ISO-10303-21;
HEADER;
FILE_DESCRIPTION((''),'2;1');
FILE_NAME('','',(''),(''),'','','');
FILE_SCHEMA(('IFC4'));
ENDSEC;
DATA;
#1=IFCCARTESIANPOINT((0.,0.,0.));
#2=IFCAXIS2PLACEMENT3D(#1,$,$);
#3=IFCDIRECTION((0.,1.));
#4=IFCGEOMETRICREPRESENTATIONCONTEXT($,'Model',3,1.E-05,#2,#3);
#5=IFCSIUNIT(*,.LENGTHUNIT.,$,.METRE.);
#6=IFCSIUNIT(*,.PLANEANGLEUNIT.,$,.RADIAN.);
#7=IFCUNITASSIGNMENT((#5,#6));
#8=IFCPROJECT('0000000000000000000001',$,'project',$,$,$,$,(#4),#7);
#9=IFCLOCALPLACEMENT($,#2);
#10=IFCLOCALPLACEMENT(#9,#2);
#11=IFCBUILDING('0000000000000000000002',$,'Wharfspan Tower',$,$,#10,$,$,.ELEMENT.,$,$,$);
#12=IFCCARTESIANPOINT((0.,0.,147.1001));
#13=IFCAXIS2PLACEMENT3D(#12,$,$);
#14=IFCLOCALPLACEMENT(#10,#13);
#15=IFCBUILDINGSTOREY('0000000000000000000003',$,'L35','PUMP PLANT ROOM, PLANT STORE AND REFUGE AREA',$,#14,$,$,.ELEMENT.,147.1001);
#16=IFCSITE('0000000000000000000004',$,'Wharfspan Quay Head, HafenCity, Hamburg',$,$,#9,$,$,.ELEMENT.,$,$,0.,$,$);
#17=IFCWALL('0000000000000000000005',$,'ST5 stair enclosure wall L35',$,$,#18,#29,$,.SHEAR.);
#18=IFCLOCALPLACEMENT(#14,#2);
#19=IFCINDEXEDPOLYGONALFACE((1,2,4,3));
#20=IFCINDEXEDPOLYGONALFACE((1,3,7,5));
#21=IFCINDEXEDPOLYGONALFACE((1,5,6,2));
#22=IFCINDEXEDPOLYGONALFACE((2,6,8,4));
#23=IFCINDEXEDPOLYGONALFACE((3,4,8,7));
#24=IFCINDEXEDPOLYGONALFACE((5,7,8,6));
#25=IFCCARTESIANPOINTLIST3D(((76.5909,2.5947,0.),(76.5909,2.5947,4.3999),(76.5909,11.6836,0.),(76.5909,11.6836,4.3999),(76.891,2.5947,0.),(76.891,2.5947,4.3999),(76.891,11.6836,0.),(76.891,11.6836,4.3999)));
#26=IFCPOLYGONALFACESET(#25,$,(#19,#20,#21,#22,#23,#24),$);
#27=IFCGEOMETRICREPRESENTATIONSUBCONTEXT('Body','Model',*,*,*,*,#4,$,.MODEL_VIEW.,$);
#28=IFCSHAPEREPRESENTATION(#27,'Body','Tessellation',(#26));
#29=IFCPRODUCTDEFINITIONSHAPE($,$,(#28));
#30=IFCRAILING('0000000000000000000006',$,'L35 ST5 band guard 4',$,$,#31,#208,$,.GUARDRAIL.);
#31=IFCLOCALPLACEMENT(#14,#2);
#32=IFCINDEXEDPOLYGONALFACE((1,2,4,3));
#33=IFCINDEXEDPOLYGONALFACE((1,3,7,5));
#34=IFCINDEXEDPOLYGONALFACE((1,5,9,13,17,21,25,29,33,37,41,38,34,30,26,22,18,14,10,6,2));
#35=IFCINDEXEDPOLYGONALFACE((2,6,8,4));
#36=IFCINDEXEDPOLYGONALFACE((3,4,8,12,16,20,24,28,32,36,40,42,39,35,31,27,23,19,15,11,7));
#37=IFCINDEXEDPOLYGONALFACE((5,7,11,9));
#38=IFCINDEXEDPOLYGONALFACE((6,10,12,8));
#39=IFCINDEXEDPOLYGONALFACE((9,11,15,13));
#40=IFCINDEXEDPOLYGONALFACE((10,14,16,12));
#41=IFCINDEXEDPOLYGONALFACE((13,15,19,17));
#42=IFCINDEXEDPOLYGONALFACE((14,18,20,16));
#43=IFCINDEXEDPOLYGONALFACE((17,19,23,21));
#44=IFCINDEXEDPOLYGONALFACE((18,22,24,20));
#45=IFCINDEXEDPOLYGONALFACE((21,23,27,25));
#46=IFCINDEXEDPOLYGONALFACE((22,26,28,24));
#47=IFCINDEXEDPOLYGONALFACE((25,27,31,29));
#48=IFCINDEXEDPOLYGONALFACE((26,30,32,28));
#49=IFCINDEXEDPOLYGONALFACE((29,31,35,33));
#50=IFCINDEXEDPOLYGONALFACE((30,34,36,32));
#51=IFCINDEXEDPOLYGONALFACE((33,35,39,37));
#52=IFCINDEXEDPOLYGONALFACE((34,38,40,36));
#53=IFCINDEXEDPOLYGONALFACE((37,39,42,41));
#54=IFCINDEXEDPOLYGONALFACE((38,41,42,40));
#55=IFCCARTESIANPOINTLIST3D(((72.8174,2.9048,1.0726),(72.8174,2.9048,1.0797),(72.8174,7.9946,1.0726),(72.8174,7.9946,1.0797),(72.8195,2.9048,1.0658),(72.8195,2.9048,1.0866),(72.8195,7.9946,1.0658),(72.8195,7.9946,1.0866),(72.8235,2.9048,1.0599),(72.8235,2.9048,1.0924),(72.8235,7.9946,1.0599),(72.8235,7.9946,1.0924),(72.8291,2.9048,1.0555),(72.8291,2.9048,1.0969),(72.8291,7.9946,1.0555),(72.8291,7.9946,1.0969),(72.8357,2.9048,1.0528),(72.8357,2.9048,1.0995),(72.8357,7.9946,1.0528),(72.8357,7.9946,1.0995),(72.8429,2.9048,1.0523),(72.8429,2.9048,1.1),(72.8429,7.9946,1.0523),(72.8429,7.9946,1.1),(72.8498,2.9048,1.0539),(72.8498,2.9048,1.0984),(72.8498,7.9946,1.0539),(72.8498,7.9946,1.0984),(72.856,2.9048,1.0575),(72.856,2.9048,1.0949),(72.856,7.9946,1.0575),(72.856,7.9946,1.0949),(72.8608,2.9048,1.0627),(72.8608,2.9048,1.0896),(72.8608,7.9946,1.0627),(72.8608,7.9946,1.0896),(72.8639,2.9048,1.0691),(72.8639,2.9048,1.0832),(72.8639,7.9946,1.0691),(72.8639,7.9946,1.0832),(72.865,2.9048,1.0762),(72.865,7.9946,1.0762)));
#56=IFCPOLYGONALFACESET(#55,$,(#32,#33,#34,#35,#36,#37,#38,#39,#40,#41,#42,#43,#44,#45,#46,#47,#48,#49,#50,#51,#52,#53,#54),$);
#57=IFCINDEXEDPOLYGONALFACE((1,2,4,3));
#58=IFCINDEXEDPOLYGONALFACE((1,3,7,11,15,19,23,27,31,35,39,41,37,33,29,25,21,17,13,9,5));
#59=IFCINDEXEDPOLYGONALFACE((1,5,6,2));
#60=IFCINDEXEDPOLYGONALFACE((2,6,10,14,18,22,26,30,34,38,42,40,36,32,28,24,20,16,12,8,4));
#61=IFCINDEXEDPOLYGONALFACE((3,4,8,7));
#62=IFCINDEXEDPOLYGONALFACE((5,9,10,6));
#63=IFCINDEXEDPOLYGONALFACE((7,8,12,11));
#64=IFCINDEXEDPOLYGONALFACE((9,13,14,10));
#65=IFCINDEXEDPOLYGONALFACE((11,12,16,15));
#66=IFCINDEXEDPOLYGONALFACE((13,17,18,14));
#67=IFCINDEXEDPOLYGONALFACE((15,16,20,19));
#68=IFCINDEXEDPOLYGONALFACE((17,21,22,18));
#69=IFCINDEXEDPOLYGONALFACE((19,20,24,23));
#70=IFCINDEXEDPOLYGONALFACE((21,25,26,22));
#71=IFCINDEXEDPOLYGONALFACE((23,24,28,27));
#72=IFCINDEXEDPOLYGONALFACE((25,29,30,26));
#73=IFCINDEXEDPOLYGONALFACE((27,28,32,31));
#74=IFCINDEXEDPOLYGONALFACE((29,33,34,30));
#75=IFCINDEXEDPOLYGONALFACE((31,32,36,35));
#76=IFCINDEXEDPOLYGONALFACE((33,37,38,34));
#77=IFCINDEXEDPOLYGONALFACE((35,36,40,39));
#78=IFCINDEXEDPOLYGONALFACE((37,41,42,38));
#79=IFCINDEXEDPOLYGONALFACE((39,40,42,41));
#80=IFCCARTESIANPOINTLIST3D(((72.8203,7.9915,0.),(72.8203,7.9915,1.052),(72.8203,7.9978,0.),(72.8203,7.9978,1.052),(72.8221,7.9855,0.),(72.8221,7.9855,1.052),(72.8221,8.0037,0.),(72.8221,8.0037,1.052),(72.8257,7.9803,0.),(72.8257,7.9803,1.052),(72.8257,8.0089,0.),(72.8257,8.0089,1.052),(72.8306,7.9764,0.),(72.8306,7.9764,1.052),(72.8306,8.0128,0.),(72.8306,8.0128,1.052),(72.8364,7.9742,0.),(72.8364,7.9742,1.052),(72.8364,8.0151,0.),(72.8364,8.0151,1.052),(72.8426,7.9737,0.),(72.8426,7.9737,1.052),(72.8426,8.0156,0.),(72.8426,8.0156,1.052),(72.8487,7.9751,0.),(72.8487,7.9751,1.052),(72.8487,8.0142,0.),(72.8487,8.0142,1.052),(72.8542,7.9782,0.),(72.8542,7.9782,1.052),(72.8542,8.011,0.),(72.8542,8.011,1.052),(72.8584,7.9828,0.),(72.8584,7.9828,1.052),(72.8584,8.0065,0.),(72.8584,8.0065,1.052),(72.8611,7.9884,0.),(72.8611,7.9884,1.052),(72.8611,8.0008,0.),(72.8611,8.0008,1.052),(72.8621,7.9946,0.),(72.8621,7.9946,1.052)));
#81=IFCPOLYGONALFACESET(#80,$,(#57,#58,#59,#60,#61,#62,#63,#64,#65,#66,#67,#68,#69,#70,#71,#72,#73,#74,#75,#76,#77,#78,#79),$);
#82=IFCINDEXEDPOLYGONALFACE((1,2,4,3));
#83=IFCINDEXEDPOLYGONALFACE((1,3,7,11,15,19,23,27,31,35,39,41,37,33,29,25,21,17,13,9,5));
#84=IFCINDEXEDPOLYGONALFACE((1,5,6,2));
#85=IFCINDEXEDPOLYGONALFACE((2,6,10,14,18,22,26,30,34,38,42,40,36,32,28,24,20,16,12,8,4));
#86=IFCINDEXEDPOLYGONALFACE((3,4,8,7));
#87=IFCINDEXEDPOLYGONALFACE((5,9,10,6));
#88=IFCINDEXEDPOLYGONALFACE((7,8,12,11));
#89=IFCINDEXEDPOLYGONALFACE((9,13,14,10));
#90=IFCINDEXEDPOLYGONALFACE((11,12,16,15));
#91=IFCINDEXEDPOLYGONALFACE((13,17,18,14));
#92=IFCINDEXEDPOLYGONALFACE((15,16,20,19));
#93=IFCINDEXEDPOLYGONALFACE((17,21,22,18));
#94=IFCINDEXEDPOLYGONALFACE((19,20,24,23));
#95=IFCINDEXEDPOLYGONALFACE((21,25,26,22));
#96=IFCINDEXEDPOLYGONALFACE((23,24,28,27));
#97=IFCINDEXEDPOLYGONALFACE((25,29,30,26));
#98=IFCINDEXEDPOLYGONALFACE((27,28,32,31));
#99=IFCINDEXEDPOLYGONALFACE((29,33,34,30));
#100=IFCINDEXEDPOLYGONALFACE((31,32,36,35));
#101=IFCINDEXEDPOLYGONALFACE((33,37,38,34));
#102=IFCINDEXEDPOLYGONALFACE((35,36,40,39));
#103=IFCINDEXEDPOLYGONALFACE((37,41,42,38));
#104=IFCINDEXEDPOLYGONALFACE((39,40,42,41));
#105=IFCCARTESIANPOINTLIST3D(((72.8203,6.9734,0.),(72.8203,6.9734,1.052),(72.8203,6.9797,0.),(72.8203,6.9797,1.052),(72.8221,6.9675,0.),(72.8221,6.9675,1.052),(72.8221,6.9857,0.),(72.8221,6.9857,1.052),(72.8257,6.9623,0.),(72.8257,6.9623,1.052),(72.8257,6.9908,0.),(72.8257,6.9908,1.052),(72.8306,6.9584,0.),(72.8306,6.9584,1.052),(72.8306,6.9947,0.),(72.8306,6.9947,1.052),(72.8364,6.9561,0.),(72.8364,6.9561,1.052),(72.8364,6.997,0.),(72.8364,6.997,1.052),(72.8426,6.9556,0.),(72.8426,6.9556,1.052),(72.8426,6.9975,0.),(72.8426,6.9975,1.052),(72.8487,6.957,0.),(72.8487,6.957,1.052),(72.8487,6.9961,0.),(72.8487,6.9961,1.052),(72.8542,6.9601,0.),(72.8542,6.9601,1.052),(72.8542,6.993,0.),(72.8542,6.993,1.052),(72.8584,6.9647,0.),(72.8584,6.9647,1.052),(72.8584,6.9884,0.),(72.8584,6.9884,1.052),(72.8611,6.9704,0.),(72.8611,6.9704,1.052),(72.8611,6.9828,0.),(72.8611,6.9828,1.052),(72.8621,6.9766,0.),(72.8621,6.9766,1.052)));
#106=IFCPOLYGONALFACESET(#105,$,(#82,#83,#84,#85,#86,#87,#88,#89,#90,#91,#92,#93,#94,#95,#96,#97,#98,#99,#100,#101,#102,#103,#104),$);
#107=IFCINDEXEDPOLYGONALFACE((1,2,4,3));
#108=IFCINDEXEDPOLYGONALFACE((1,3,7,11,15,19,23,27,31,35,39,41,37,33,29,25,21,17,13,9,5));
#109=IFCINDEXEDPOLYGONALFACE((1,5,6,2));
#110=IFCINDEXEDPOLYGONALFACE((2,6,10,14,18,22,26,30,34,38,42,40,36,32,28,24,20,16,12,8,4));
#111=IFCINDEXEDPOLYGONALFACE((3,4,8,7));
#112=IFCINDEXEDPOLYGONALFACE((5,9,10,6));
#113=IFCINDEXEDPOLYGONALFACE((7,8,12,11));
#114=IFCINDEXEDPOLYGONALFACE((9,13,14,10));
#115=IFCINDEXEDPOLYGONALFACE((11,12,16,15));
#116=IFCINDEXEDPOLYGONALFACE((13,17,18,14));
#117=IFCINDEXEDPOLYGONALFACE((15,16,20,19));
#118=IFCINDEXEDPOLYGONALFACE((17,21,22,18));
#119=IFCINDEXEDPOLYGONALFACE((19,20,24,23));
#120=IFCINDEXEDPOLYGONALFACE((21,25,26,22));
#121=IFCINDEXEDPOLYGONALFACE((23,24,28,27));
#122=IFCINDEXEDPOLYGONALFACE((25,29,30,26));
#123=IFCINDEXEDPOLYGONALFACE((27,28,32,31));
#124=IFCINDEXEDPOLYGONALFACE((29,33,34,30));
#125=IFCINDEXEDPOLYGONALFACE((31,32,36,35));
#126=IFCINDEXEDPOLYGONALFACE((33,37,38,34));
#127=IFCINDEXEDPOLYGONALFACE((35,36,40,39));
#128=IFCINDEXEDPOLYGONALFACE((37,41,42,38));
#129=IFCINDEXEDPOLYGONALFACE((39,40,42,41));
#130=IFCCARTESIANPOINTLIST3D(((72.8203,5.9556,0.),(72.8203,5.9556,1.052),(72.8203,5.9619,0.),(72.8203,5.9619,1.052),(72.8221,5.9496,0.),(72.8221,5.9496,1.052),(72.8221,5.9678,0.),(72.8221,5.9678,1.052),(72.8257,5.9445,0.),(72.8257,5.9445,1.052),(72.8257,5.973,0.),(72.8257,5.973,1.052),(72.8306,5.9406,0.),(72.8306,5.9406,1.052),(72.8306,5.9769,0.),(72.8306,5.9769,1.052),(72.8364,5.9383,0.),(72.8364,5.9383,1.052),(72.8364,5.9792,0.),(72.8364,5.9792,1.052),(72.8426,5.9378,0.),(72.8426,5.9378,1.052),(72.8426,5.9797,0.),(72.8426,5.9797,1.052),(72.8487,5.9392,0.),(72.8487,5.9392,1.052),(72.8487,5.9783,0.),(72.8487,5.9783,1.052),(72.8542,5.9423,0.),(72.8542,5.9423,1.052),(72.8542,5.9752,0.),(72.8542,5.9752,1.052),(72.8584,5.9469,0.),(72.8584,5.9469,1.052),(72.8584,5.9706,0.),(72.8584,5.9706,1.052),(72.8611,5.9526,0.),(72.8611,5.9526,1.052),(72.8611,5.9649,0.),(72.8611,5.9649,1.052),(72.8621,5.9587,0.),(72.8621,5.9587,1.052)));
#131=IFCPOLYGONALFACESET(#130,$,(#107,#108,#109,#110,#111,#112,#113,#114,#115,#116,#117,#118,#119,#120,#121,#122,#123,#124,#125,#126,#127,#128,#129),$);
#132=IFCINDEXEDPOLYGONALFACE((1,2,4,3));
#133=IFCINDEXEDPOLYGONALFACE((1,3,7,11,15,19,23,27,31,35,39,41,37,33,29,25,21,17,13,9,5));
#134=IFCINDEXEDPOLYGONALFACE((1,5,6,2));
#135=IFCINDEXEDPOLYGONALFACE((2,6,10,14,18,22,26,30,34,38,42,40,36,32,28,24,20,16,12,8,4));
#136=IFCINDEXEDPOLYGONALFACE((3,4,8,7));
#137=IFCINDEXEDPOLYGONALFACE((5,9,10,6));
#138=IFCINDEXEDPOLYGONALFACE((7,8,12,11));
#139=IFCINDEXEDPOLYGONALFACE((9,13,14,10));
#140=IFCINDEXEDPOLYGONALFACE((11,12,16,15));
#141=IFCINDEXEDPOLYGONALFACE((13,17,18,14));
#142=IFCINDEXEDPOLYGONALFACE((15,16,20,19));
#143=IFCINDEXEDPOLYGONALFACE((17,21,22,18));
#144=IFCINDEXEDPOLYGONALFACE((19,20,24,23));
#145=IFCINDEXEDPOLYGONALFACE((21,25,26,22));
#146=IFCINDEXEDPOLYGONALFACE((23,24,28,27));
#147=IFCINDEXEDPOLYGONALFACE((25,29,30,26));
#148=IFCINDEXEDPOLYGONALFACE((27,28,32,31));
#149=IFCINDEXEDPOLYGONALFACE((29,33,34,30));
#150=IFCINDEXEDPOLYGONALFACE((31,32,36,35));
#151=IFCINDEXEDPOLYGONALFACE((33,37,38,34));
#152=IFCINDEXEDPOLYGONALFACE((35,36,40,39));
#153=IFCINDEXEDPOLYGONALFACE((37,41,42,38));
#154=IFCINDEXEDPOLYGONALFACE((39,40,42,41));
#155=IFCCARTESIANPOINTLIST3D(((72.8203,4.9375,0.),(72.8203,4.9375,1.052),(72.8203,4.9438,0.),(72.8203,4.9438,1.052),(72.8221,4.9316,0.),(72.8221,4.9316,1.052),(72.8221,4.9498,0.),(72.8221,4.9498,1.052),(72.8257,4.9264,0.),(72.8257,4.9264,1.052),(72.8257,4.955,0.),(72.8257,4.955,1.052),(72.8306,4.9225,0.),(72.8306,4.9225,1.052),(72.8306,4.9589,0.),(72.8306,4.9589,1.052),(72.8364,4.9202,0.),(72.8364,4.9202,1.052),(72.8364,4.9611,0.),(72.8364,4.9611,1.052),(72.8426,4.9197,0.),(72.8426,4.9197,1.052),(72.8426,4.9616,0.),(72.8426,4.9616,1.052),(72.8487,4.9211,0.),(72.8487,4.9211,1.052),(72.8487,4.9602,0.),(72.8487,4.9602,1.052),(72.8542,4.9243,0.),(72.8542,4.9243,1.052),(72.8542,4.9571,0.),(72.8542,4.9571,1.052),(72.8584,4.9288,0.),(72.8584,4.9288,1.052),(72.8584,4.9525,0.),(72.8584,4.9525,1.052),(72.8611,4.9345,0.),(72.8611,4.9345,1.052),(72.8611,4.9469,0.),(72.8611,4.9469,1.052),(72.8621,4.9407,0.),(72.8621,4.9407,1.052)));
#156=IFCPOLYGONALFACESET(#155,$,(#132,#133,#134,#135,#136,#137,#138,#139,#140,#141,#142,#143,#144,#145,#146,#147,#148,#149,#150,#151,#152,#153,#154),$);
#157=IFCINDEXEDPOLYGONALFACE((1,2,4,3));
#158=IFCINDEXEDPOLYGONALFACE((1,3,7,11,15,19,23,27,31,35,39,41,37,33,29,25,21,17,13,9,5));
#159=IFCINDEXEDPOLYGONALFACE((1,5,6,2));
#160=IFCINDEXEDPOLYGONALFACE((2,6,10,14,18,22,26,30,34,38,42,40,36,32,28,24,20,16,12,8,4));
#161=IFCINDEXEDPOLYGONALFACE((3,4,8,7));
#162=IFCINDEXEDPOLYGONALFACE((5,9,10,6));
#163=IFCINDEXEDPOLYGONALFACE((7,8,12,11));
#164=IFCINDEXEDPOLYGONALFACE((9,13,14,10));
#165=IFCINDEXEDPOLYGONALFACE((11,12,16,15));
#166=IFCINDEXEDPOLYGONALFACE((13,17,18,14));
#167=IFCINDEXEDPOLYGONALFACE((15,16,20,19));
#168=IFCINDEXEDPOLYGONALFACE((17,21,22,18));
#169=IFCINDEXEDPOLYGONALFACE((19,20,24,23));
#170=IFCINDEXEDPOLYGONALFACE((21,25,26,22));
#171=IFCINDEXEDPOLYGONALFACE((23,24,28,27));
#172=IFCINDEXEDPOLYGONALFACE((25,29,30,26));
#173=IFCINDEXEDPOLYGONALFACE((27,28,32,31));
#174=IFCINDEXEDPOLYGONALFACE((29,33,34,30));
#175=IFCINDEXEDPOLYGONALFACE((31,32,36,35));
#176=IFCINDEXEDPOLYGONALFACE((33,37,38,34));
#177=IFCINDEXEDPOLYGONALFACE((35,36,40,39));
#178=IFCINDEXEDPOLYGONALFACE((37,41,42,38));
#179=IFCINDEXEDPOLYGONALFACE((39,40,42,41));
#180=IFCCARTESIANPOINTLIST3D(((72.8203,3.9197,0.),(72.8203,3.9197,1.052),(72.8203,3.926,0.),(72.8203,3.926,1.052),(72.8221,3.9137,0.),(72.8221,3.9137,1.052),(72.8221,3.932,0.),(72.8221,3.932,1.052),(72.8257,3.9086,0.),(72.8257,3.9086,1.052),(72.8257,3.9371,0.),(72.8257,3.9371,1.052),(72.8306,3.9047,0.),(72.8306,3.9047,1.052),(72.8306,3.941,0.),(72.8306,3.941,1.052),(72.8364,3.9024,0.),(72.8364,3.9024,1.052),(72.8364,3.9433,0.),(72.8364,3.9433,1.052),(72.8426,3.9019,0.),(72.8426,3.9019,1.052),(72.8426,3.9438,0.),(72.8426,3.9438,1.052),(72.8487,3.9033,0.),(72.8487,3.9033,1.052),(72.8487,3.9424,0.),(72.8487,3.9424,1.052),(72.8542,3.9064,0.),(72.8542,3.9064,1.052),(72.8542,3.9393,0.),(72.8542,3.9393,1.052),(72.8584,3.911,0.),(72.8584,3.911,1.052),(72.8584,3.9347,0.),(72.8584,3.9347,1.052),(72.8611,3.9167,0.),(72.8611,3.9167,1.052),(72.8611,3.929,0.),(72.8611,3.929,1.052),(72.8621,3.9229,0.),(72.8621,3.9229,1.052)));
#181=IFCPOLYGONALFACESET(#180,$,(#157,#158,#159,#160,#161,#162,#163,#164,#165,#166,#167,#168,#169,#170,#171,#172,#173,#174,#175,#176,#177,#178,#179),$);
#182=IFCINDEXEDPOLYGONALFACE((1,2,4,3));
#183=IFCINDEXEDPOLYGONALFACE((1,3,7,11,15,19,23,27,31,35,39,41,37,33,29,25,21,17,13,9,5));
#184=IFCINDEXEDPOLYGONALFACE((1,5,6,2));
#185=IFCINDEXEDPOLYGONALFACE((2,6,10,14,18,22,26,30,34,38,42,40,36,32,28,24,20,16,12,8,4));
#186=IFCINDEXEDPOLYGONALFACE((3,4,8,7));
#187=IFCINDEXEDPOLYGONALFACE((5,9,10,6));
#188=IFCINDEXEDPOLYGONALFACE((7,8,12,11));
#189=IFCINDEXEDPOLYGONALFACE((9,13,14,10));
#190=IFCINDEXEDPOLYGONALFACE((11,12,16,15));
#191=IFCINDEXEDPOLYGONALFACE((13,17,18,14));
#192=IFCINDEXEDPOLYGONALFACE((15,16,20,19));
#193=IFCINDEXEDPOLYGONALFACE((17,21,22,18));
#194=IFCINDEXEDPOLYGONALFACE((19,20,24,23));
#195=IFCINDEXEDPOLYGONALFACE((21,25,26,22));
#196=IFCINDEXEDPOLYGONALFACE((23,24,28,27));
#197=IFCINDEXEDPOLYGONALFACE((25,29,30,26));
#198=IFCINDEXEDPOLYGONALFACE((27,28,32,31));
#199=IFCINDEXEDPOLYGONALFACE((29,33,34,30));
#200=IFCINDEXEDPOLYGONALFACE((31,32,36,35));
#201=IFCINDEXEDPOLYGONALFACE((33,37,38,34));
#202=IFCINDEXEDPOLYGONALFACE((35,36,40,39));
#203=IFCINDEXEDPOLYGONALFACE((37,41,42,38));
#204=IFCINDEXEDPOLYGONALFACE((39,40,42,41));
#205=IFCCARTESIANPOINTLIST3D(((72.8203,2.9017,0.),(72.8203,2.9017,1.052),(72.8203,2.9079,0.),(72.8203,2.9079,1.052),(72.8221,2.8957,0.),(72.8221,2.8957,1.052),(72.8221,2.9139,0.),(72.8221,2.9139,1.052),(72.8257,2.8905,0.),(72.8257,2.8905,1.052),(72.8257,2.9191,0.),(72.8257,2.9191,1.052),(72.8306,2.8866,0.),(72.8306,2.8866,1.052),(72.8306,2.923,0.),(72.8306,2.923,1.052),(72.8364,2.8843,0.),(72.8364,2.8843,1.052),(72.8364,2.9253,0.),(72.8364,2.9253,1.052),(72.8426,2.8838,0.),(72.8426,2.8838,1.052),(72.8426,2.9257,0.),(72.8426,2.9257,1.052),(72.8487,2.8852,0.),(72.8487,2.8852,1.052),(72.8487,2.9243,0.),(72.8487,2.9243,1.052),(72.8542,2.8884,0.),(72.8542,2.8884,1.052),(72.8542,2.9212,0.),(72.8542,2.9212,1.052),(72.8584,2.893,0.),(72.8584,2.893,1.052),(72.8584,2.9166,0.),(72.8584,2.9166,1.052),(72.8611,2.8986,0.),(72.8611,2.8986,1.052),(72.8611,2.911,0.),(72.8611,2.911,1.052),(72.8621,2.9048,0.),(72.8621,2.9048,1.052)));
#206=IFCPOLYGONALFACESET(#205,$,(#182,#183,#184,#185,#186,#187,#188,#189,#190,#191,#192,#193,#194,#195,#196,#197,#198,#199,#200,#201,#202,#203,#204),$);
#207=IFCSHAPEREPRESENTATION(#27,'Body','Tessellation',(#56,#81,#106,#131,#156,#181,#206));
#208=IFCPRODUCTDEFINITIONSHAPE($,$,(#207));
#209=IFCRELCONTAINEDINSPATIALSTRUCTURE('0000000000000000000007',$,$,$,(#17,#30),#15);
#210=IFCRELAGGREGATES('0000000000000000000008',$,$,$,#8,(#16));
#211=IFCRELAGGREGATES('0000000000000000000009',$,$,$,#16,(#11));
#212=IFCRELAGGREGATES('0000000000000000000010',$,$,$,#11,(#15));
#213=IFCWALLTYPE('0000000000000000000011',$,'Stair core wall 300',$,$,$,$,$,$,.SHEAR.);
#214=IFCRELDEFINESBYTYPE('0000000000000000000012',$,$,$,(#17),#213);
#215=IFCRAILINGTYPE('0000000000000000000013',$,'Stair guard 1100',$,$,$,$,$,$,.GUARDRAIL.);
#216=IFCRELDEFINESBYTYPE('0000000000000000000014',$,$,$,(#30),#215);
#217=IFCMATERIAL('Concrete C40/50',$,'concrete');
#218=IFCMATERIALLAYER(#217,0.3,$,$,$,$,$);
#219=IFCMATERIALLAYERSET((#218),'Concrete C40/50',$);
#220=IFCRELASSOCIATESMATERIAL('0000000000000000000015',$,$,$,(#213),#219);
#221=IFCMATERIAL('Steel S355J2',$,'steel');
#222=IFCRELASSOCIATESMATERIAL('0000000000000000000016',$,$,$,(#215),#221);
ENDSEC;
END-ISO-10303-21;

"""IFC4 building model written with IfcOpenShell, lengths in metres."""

from ifc_helpers import new_model, si_unit, direction, frame, frame_2d, origin, origin_2d, place, context, subcontext, project, spatial, rectangle, circle, extrude, material, layer, layer_set, type_object, element, save


model = new_model("IFC4")

# Units and contexts
model_context = context("Model", 3, precision=1e-05, world=origin(), true_north=direction((0.0, 1.0)))
body_context = subcontext(model_context, "Body", "Model", "MODEL_VIEW")
ifc_project = project(units=[si_unit("LENGTHUNIT", "METRE"), si_unit("PLANEANGLEUNIT", "RADIAN")], contexts=[model_context])

# Site, building, storey
site_placement = place(None, origin())
site = spatial("IfcSite", under=ifc_project, at=site_placement, Name="Wharfspan Quay Head, HafenCity, Hamburg", CompositionType="ELEMENT", RefElevation=0.0)
building_placement = place(site_placement, origin())
building = spatial("IfcBuilding", under=site, at=building_placement, Name="Wharfspan Tower", CompositionType="ELEMENT")
storey_placement = place(building_placement, frame((0.0, 0.0, 147.1001)))
storey = spatial("IfcBuildingStorey", under=building, at=storey_placement, Name="L35", Description="PUMP PLANT ROOM, PLANT STORE AND REFUGE AREA", CompositionType="ELEMENT", Elevation=147.1001)

# Shared definitions
ifc_material_1 = material(Name="Steel S355J2", Category="steel")

# Wall
ifc_material_2 = material(Name="Concrete C40/50", Category="concrete")
ifc_layer_1 = layer(ifc_material_2, 0.3)
ifc_layer_set_1 = layer_set([ifc_layer_1], Name="Concrete C40/50")
wall_type = type_object("IfcWallType", Name="Stair core wall 300", PredefinedType="SHEAR", material=ifc_layer_set_1)
wall_placement = place(storey_placement, frame((76.741, 2.5947, 0.0), z_axis=(0.0, 0.0, 1.0), x_axis=(0.0, 1.0, 0.0)))
element("IfcWall", 1, at=wall_placement, inside=storey, type_object=wall_type, Name="ST5 stair enclosure wall L35", PredefinedType="SHEAR", context=body_context, shape_type="SweptSolid", body=[
    extrude(rectangle(XDim=9.0889, YDim=0.3, at=frame_2d((4.5444, 0.0))), origin(), (0.0, 0.0, 1.0), 4.3999),
])

# Railing
railing_type = type_object("IfcRailingType", Name="Stair guard 1100", PredefinedType="GUARDRAIL", material=ifc_material_1)
railing_1_placement = place(storey_placement, frame((72.8411, 7.9946, 0.0)))
element("IfcRailing", 2, at=railing_1_placement, inside=storey, type_object=railing_type, Name="L35 ST5 band guard 4", PredefinedType="GUARDRAIL", context=body_context, shape_type="SweptSolid", body=[
    extrude(circle(Radius=0.0239, at=origin_2d()), frame((0.0, 0.0, 1.0762), z_axis=(0.0, -1.0, 0.0), x_axis=(1.0, 0.0, 0.0)), (0.0, 0.0, 1.0), 5.0898),
    extrude(circle(Radius=0.021, at=origin_2d()), origin(), (0.0, 0.0, 1.0), 1.052),
    extrude(circle(Radius=0.021, at=origin_2d()), frame((0.0, -1.0181, 0.0)), (0.0, 0.0, 1.0), 1.052),
    extrude(circle(Radius=0.021, at=origin_2d()), frame((0.0, -2.0359, 0.0)), (0.0, 0.0, 1.0), 1.052),
    extrude(circle(Radius=0.021, at=origin_2d()), frame((0.0, -3.054, 0.0)), (0.0, 0.0, 1.0), 1.052),
    extrude(circle(Radius=0.021, at=origin_2d()), frame((0.0, -4.0718, 0.0)), (0.0, 0.0, 1.0), 1.052),
    extrude(circle(Radius=0.021, at=origin_2d()), frame((0.0, -5.0898, 0.0)), (0.0, 0.0, 1.0), 1.052),
])

save(model, "model.ifc")
